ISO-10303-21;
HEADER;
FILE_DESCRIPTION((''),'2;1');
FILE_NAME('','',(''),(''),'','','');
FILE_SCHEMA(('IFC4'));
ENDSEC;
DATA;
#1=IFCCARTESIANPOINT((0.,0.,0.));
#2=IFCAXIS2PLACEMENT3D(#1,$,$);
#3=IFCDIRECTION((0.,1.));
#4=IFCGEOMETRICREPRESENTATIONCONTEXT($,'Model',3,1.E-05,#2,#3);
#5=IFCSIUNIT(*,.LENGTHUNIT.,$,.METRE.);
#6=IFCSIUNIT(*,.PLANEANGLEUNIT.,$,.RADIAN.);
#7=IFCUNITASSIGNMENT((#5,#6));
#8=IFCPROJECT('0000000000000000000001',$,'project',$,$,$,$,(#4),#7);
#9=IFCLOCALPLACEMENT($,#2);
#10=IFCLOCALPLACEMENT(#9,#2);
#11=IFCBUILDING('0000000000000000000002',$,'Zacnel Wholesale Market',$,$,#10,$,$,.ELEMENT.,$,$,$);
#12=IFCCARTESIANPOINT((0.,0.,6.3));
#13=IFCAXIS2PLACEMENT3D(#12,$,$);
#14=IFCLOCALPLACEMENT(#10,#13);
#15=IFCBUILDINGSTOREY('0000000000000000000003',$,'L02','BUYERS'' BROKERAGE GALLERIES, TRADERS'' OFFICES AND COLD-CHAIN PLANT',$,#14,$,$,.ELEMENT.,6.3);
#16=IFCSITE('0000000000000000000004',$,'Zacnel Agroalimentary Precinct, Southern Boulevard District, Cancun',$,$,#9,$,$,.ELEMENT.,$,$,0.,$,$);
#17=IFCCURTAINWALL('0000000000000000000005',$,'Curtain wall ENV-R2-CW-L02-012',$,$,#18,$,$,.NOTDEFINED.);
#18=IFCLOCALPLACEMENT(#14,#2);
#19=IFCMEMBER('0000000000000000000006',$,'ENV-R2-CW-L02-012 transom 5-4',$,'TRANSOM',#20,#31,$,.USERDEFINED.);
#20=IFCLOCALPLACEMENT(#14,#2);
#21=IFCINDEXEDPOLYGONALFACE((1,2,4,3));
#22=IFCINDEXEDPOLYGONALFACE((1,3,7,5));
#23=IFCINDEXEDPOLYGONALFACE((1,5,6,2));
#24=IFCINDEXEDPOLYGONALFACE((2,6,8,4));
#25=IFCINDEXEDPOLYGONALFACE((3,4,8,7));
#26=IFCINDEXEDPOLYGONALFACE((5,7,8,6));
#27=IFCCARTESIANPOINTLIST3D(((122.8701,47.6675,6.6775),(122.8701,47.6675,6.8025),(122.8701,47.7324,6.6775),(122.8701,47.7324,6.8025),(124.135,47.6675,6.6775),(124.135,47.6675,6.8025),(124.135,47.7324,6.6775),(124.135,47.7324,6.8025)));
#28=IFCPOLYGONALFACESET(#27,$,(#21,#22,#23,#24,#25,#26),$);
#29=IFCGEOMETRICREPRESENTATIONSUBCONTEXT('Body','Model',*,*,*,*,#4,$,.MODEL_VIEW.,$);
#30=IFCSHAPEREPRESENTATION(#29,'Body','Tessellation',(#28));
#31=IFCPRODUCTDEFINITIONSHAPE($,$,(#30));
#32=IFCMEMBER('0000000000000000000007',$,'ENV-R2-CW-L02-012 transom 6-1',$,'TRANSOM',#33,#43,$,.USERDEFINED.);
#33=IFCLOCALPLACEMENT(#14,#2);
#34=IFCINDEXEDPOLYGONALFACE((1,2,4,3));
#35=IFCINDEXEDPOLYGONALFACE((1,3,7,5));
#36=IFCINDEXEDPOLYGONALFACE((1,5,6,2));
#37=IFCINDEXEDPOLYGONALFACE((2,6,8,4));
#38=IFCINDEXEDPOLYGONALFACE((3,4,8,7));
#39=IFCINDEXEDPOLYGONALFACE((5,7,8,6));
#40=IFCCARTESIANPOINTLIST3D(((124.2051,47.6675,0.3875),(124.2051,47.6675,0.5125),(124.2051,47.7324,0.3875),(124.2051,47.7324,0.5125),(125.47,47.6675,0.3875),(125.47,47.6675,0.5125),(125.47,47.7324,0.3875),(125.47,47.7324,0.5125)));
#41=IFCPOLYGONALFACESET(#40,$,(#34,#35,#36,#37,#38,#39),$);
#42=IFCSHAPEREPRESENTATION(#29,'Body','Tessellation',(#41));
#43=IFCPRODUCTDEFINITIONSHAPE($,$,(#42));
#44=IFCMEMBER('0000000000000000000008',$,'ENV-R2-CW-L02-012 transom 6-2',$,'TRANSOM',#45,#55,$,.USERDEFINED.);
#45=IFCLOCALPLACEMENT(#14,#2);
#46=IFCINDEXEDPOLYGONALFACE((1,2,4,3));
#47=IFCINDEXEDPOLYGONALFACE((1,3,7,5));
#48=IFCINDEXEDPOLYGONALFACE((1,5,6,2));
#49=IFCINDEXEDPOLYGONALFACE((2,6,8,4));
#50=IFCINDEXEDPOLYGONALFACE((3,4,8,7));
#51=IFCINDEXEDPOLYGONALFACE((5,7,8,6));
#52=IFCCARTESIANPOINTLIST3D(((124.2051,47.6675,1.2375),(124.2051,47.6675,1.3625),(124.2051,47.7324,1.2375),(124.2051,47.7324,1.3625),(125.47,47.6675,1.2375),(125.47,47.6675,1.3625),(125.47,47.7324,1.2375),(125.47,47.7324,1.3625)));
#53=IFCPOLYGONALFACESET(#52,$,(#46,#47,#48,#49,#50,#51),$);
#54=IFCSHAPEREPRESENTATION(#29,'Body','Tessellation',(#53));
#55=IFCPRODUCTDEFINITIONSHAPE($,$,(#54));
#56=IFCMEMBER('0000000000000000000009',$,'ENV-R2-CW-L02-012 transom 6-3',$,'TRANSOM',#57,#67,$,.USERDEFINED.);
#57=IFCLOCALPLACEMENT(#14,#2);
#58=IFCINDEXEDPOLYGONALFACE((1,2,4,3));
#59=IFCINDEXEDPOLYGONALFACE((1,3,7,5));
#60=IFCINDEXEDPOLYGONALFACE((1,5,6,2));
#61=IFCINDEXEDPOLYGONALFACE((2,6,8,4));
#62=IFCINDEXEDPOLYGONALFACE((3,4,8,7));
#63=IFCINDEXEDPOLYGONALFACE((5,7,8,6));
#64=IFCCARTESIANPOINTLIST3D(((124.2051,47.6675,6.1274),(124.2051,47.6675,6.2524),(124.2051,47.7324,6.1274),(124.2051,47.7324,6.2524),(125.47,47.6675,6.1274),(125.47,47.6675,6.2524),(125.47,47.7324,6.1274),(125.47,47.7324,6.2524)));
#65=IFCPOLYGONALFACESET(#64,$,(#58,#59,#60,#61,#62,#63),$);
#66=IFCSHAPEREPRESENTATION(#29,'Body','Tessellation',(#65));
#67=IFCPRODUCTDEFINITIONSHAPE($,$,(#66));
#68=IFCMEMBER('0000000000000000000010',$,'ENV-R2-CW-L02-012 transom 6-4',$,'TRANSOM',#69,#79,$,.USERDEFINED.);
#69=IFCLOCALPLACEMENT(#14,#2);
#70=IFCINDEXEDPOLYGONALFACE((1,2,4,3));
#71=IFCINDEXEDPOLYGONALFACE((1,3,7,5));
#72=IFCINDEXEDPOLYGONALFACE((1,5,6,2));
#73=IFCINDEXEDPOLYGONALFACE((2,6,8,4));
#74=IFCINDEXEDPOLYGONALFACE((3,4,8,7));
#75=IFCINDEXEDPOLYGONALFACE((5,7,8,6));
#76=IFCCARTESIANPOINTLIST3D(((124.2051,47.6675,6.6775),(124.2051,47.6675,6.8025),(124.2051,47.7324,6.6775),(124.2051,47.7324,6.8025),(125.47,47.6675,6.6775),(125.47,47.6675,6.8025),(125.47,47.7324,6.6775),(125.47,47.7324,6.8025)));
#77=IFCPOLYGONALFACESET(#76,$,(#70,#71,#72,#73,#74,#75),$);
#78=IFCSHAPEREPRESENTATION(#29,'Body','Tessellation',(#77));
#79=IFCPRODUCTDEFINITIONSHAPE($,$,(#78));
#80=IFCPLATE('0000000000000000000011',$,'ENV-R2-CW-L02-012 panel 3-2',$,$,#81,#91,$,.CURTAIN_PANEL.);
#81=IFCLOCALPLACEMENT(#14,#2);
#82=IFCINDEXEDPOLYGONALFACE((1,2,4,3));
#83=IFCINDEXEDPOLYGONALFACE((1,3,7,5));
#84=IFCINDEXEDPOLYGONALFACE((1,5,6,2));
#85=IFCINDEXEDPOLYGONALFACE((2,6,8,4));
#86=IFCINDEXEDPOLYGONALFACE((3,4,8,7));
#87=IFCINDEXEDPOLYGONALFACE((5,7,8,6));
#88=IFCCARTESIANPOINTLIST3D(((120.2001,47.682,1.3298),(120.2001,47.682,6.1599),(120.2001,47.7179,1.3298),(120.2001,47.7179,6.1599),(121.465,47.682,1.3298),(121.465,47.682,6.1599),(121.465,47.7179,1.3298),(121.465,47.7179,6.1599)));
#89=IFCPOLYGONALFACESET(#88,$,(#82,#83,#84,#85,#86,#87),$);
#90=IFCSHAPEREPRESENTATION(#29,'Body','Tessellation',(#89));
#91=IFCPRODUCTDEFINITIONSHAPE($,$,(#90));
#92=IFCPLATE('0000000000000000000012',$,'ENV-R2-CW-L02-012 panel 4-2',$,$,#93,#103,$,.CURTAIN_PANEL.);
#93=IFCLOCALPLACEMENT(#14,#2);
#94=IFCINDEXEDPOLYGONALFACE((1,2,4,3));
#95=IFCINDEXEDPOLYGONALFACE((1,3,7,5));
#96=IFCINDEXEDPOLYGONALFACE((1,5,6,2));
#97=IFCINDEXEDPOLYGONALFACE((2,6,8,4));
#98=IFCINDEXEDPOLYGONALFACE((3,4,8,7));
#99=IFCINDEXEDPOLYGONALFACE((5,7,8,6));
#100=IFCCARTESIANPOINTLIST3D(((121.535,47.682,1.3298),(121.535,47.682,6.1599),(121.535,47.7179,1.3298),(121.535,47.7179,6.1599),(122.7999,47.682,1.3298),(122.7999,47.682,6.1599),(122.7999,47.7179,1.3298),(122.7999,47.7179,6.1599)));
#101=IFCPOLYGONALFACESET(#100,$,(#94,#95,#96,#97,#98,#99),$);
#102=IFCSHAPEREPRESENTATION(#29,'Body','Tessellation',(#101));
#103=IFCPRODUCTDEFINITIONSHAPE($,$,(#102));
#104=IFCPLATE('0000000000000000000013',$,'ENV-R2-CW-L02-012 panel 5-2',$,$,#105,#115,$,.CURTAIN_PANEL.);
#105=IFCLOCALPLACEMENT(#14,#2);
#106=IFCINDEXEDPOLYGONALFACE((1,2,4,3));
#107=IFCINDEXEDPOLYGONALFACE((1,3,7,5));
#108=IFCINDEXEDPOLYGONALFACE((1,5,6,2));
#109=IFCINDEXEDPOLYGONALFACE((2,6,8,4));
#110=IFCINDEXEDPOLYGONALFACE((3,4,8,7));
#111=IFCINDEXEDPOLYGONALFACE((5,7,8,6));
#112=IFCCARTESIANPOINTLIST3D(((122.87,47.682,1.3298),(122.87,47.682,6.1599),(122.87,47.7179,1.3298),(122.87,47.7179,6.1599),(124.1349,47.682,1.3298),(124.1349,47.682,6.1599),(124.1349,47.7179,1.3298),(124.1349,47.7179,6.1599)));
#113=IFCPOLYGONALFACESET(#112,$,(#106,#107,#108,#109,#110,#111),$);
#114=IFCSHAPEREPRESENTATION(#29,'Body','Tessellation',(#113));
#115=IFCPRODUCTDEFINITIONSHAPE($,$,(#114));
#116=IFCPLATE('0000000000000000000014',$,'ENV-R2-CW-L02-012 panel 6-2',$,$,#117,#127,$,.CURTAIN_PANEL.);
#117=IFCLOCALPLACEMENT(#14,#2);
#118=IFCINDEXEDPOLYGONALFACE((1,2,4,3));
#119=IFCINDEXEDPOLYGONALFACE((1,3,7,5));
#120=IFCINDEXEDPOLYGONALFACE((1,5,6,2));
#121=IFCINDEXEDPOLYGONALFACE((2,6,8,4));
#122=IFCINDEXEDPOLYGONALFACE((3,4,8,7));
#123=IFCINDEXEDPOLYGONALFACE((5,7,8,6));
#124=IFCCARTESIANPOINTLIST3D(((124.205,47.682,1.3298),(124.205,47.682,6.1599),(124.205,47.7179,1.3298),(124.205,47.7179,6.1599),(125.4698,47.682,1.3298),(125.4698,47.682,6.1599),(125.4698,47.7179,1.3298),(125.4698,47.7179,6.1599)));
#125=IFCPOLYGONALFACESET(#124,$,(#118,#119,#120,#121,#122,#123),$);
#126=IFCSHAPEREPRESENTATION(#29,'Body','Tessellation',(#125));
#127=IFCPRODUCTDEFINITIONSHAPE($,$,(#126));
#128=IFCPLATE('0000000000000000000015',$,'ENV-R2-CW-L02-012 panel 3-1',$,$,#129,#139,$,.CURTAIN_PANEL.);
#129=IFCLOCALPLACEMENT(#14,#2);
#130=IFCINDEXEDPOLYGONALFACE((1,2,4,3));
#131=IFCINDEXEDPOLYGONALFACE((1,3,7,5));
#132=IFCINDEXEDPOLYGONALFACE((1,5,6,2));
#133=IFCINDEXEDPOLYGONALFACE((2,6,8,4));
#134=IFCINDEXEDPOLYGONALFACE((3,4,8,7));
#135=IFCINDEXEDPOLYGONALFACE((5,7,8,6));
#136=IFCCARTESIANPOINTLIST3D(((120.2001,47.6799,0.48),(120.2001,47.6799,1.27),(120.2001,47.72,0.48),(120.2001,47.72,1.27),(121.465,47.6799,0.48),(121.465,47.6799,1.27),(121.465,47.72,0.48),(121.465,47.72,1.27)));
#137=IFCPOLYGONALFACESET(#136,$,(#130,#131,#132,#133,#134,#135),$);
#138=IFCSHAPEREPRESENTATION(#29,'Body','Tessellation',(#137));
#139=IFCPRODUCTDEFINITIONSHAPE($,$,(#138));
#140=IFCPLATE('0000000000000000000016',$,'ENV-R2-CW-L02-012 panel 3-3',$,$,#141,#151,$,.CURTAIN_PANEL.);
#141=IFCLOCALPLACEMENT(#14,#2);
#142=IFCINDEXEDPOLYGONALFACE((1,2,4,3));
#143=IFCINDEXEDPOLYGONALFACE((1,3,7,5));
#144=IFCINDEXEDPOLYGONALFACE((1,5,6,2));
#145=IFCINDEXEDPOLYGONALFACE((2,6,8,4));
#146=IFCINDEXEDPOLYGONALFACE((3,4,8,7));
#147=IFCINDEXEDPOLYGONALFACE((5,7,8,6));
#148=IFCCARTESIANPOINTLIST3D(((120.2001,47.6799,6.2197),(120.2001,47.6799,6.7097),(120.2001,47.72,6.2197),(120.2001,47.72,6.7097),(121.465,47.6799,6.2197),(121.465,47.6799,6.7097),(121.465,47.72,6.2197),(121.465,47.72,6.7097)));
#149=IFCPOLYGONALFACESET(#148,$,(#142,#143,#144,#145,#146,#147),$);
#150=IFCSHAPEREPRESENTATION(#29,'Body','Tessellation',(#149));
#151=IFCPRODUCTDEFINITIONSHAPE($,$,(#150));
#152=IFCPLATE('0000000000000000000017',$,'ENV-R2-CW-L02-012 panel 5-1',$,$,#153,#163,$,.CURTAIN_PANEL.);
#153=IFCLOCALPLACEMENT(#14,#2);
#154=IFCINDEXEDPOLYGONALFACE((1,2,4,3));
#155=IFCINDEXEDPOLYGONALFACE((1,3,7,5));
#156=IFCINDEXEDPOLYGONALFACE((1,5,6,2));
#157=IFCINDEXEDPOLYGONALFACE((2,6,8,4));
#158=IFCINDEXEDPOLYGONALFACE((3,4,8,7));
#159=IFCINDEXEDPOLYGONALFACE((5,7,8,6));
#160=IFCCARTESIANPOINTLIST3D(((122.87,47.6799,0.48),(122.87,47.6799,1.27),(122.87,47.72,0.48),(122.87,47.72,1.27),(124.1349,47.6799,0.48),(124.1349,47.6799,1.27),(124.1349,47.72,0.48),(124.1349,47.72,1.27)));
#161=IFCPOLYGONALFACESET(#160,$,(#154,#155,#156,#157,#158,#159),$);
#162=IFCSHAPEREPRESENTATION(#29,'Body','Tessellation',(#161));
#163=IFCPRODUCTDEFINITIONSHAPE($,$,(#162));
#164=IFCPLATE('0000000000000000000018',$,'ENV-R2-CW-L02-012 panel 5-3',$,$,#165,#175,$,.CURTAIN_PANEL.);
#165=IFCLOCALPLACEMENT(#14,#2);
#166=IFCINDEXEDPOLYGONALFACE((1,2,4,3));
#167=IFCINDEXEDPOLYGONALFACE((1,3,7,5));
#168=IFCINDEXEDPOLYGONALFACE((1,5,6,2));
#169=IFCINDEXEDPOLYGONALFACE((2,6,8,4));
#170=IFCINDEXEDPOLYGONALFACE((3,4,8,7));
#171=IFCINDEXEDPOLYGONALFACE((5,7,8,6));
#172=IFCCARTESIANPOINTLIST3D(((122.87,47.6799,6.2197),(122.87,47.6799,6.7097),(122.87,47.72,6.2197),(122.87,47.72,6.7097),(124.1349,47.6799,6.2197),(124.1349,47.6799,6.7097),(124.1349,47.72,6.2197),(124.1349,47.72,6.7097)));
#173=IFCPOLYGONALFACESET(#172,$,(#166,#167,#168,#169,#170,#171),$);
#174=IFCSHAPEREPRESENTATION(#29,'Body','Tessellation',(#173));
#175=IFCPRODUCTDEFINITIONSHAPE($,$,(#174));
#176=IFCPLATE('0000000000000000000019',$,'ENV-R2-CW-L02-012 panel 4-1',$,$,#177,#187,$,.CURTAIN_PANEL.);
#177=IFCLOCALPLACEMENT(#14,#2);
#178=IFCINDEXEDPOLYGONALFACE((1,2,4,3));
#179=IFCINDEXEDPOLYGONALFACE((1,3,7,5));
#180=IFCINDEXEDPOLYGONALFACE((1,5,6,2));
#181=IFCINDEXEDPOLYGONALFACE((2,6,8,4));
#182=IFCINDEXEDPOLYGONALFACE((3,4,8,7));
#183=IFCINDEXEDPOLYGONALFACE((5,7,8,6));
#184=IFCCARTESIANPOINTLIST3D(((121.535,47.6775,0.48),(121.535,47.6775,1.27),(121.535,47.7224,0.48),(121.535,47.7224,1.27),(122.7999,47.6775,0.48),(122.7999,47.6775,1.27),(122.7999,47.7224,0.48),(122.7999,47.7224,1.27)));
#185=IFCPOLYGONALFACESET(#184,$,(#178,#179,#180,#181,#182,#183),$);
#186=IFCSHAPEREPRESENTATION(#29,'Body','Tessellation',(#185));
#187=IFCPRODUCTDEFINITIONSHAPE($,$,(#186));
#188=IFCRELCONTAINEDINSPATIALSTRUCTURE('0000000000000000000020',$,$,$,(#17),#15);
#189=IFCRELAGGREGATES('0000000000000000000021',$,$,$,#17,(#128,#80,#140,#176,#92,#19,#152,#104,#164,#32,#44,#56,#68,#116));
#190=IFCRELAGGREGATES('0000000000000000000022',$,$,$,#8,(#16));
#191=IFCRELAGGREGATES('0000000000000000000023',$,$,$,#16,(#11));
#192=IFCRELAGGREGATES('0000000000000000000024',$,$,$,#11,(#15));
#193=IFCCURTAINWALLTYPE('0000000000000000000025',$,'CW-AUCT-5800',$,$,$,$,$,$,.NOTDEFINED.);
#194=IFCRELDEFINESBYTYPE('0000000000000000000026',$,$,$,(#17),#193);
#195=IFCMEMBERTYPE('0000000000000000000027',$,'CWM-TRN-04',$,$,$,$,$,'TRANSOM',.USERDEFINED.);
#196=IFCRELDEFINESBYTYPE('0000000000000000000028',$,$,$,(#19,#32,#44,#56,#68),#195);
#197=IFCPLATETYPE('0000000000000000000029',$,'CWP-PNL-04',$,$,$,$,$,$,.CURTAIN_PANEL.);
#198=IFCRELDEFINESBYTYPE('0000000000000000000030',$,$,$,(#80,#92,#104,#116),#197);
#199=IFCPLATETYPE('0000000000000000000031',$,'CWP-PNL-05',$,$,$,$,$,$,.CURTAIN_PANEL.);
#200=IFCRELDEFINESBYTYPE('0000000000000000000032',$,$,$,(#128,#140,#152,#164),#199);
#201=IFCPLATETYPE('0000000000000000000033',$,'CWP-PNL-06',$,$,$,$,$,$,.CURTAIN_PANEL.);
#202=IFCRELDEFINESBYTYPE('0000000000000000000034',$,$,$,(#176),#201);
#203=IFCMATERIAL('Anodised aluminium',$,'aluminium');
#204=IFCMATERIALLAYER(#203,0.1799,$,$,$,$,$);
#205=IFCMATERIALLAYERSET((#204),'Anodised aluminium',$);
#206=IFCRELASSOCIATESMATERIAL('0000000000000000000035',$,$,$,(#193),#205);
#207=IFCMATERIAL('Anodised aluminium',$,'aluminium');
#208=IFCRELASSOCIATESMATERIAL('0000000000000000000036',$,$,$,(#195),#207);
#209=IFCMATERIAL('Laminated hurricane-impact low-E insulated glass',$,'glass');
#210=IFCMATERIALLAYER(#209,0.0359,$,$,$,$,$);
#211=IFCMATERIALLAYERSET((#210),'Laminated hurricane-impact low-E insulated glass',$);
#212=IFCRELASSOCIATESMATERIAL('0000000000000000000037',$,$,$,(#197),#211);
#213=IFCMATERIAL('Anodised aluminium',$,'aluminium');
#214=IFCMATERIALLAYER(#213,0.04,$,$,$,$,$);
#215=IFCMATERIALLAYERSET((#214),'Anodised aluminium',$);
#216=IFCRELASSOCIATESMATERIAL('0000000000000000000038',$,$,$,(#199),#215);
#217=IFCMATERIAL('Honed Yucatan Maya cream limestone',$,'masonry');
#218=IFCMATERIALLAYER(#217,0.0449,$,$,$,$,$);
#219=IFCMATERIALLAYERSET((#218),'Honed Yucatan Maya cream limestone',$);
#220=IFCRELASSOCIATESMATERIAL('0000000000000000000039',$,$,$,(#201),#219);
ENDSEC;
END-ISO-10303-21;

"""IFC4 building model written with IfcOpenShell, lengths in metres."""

from ifc_helpers import new_model, si_unit, direction, frame, origin, origin_2d, place, context, subcontext, project, spatial, rectangle, extrude, material, layer, layer_set, material_profile, profile_set, type_object, element, aggregate, save


model = new_model("IFC4")

# Units and contexts
model_context = context("Model", 3, precision=1e-05, world=origin(), true_north=direction((0.0, 1.0)))
body_context = subcontext(model_context, "Body", "Model", "MODEL_VIEW")
ifc_project = project(units=[si_unit("LENGTHUNIT", "METRE"), si_unit("PLANEANGLEUNIT", "RADIAN")], contexts=[model_context])

# Site, building, storey
site_placement = place(None, origin())
site = spatial("IfcSite", under=ifc_project, at=site_placement, Name="Zacnel Agroalimentary Precinct, Southern Boulevard District, Cancun", CompositionType="ELEMENT", RefElevation=0.0)
building_placement = place(site_placement, origin())
building = spatial("IfcBuilding", under=site, at=building_placement, Name="Zacnel Wholesale Market", CompositionType="ELEMENT")
storey_placement = place(building_placement, frame((0.0, 0.0, 6.3)))
storey = spatial("IfcBuildingStorey", under=building, at=storey_placement, Name="L02", Description="BUYERS' BROKERAGE GALLERIES, TRADERS' OFFICES AND COLD-CHAIN PLANT", CompositionType="ELEMENT", Elevation=6.3)

# Curtain wall, members, plates
ifc_material_1 = material(Name="Anodised aluminium", Category="aluminium")
ifc_layer_1 = layer(ifc_material_1, 0.1799)
ifc_layer_set_1 = layer_set([ifc_layer_1], Name="Anodised aluminium")
curtain_wall_type = type_object("IfcCurtainWallType", Name="CW-AUCT-5800", PredefinedType="NOTDEFINED", material=ifc_layer_set_1)
curtain_wall_placement = place(storey_placement, origin())
curtain_wall = element("IfcCurtainWall", 1, at=curtain_wall_placement, inside=storey, type_object=curtain_wall_type, Name="Curtain wall ENV-R2-CW-L02-012", PredefinedType="NOTDEFINED")
ifc_material_2 = material(Name="Anodised aluminium", Category="aluminium")
ifc_material_profile_1 = material_profile(ifc_material_2, rectangle(XDim=0.0649, YDim=0.125, at=origin_2d()), Name="AW-TRANSOM 65x125")
ifc_profile_set_1 = profile_set([ifc_material_profile_1], Name="Anodised aluminium")
member_type_1 = type_object("IfcMemberType", Name="CWM-TRN-04", ElementType="TRANSOM", PredefinedType="USERDEFINED", material=ifc_profile_set_1)
member_1_placement = place(storey_placement, frame((122.8701, 47.7, 6.74), z_axis=(1.0, 0.0, 0.0), x_axis=(0.0, 1.0, 0.0)))
member_1 = element("IfcMember", 2, at=member_1_placement, type_object=member_type_1, Name="ENV-R2-CW-L02-012 transom 5-4", ObjectType="TRANSOM", PredefinedType="USERDEFINED", context=body_context, shape_type="SweptSolid", body=[
    extrude(rectangle(XDim=0.0649, YDim=0.125, at=origin_2d()), origin(), (0.0, 0.0, 1.0), 1.2649),
])
member_2_placement = place(storey_placement, frame((124.2051, 47.7, 0.45), z_axis=(1.0, 0.0, 0.0), x_axis=(0.0, 1.0, 0.0)))
member_2 = element("IfcMember", 3, at=member_2_placement, type_object=member_type_1, Name="ENV-R2-CW-L02-012 transom 6-1", ObjectType="TRANSOM", PredefinedType="USERDEFINED", context=body_context, shape_type="SweptSolid", body=[
    extrude(rectangle(XDim=0.0649, YDim=0.125, at=origin_2d()), origin(), (0.0, 0.0, 1.0), 1.2649),
])
member_3_placement = place(storey_placement, frame((124.2051, 47.7, 1.3), z_axis=(1.0, 0.0, 0.0), x_axis=(0.0, 1.0, 0.0)))
member_3 = element("IfcMember", 4, at=member_3_placement, type_object=member_type_1, Name="ENV-R2-CW-L02-012 transom 6-2", ObjectType="TRANSOM", PredefinedType="USERDEFINED", context=body_context, shape_type="SweptSolid", body=[
    extrude(rectangle(XDim=0.0649, YDim=0.125, at=origin_2d()), origin(), (0.0, 0.0, 1.0), 1.2649),
])
member_4_placement = place(storey_placement, frame((124.2051, 47.7, 6.1899), z_axis=(1.0, 0.0, 0.0), x_axis=(0.0, 1.0, 0.0)))
member_4 = element("IfcMember", 5, at=member_4_placement, type_object=member_type_1, Name="ENV-R2-CW-L02-012 transom 6-3", ObjectType="TRANSOM", PredefinedType="USERDEFINED", context=body_context, shape_type="SweptSolid", body=[
    extrude(rectangle(XDim=0.0649, YDim=0.125, at=origin_2d()), origin(), (0.0, 0.0, 1.0), 1.2649),
])
member_5_placement = place(storey_placement, frame((124.2051, 47.7, 6.74), z_axis=(1.0, 0.0, 0.0), x_axis=(0.0, 1.0, 0.0)))
member_5 = element("IfcMember", 6, at=member_5_placement, type_object=member_type_1, Name="ENV-R2-CW-L02-012 transom 6-4", ObjectType="TRANSOM", PredefinedType="USERDEFINED", context=body_context, shape_type="SweptSolid", body=[
    extrude(rectangle(XDim=0.0649, YDim=0.125, at=origin_2d()), origin(), (0.0, 0.0, 1.0), 1.2649),
])
ifc_material_3 = material(Name="Laminated hurricane-impact low-E insulated glass", Category="glass")
ifc_layer_2 = layer(ifc_material_3, 0.0359)
ifc_layer_set_2 = layer_set([ifc_layer_2], Name="Laminated hurricane-impact low-E insulated glass")
plate_type_1 = type_object("IfcPlateType", Name="CWP-PNL-04", PredefinedType="CURTAIN_PANEL", material=ifc_layer_set_2)
plate_1_placement = place(storey_placement, frame((120.8325, 47.7, 1.3298), z_axis=(0.0, 0.0, 1.0), x_axis=(1.0, 0.0, 0.0)))
plate_1 = element("IfcPlate", 7, at=plate_1_placement, type_object=plate_type_1, Name="ENV-R2-CW-L02-012 panel 3-2", PredefinedType="CURTAIN_PANEL", context=body_context, shape_type="SweptSolid", body=[
    extrude(rectangle(XDim=1.2649, YDim=0.0359, at=origin_2d()), origin(), (0.0, 0.0, 1.0), 4.8301),
])
plate_2_placement = place(storey_placement, frame((122.1675, 47.7, 1.3298), z_axis=(0.0, 0.0, 1.0), x_axis=(1.0, 0.0, 0.0)))
plate_2 = element("IfcPlate", 8, at=plate_2_placement, type_object=plate_type_1, Name="ENV-R2-CW-L02-012 panel 4-2", PredefinedType="CURTAIN_PANEL", context=body_context, shape_type="SweptSolid", body=[
    extrude(rectangle(XDim=1.2649, YDim=0.0359, at=origin_2d()), origin(), (0.0, 0.0, 1.0), 4.8301),
])
plate_3_placement = place(storey_placement, frame((123.5024, 47.7, 1.3298), z_axis=(0.0, 0.0, 1.0), x_axis=(1.0, 0.0, 0.0)))
plate_3 = element("IfcPlate", 9, at=plate_3_placement, type_object=plate_type_1, Name="ENV-R2-CW-L02-012 panel 5-2", PredefinedType="CURTAIN_PANEL", context=body_context, shape_type="SweptSolid", body=[
    extrude(rectangle(XDim=1.2649, YDim=0.0359, at=origin_2d()), origin(), (0.0, 0.0, 1.0), 4.8301),
])
plate_4_placement = place(storey_placement, frame((124.8374, 47.7, 1.3298), z_axis=(0.0, 0.0, 1.0), x_axis=(1.0, 0.0, 0.0)))
plate_4 = element("IfcPlate", 10, at=plate_4_placement, type_object=plate_type_1, Name="ENV-R2-CW-L02-012 panel 6-2", PredefinedType="CURTAIN_PANEL", context=body_context, shape_type="SweptSolid", body=[
    extrude(rectangle(XDim=1.2649, YDim=0.0359, at=origin_2d()), origin(), (0.0, 0.0, 1.0), 4.8301),
])
ifc_material_4 = material(Name="Anodised aluminium", Category="aluminium")
ifc_layer_3 = layer(ifc_material_4, 0.04)
ifc_layer_set_3 = layer_set([ifc_layer_3], Name="Anodised aluminium")
plate_type_2 = type_object("IfcPlateType", Name="CWP-PNL-05", PredefinedType="CURTAIN_PANEL", material=ifc_layer_set_3)
plate_5_placement = place(storey_placement, frame((120.8325, 47.7, 0.48), z_axis=(0.0, 0.0, 1.0), x_axis=(1.0, 0.0, 0.0)))
plate_5 = element("IfcPlate", 11, at=plate_5_placement, type_object=plate_type_2, Name="ENV-R2-CW-L02-012 panel 3-1", PredefinedType="CURTAIN_PANEL", context=body_context, shape_type="SweptSolid", body=[
    extrude(rectangle(XDim=1.2649, YDim=0.04, at=origin_2d()), origin(), (0.0, 0.0, 1.0), 0.79),
])
plate_6_placement = place(storey_placement, frame((120.8325, 47.7, 6.2197), z_axis=(0.0, 0.0, 1.0), x_axis=(1.0, 0.0, 0.0)))
plate_6 = element("IfcPlate", 12, at=plate_6_placement, type_object=plate_type_2, Name="ENV-R2-CW-L02-012 panel 3-3", PredefinedType="CURTAIN_PANEL", context=body_context, shape_type="SweptSolid", body=[
    extrude(rectangle(XDim=1.2649, YDim=0.04, at=origin_2d()), origin(), (0.0, 0.0, 1.0), 0.49),
])
plate_7_placement = place(storey_placement, frame((123.5024, 47.7, 0.48), z_axis=(0.0, 0.0, 1.0), x_axis=(1.0, 0.0, 0.0)))
plate_7 = element("IfcPlate", 13, at=plate_7_placement, type_object=plate_type_2, Name="ENV-R2-CW-L02-012 panel 5-1", PredefinedType="CURTAIN_PANEL", context=body_context, shape_type="SweptSolid", body=[
    extrude(rectangle(XDim=1.2649, YDim=0.04, at=origin_2d()), origin(), (0.0, 0.0, 1.0), 0.79),
])
plate_8_placement = place(storey_placement, frame((123.5024, 47.7, 6.2197), z_axis=(0.0, 0.0, 1.0), x_axis=(1.0, 0.0, 0.0)))
plate_8 = element("IfcPlate", 14, at=plate_8_placement, type_object=plate_type_2, Name="ENV-R2-CW-L02-012 panel 5-3", PredefinedType="CURTAIN_PANEL", context=body_context, shape_type="SweptSolid", body=[
    extrude(rectangle(XDim=1.2649, YDim=0.04, at=origin_2d()), origin(), (0.0, 0.0, 1.0), 0.49),
])
ifc_material_5 = material(Name="Honed Yucatan Maya cream limestone", Category="masonry")
ifc_layer_4 = layer(ifc_material_5, 0.0449)
ifc_layer_set_4 = layer_set([ifc_layer_4], Name="Honed Yucatan Maya cream limestone")
plate_type_3 = type_object("IfcPlateType", Name="CWP-PNL-06", PredefinedType="CURTAIN_PANEL", material=ifc_layer_set_4)
plate_9_placement = place(storey_placement, frame((122.1675, 47.7, 0.48), z_axis=(0.0, 0.0, 1.0), x_axis=(1.0, 0.0, 0.0)))
plate_9 = element("IfcPlate", 15, at=plate_9_placement, type_object=plate_type_3, Name="ENV-R2-CW-L02-012 panel 4-1", PredefinedType="CURTAIN_PANEL", context=body_context, shape_type="SweptSolid", body=[
    extrude(rectangle(XDim=1.2649, YDim=0.0449, at=origin_2d()), origin(), (0.0, 0.0, 1.0), 0.79),
])
aggregate(curtain_wall, [plate_5, plate_1, plate_6, plate_9, plate_2, member_1, plate_7, plate_3, plate_8, member_2, member_3, member_4, member_5, plate_4])

save(model, "model.ifc")
